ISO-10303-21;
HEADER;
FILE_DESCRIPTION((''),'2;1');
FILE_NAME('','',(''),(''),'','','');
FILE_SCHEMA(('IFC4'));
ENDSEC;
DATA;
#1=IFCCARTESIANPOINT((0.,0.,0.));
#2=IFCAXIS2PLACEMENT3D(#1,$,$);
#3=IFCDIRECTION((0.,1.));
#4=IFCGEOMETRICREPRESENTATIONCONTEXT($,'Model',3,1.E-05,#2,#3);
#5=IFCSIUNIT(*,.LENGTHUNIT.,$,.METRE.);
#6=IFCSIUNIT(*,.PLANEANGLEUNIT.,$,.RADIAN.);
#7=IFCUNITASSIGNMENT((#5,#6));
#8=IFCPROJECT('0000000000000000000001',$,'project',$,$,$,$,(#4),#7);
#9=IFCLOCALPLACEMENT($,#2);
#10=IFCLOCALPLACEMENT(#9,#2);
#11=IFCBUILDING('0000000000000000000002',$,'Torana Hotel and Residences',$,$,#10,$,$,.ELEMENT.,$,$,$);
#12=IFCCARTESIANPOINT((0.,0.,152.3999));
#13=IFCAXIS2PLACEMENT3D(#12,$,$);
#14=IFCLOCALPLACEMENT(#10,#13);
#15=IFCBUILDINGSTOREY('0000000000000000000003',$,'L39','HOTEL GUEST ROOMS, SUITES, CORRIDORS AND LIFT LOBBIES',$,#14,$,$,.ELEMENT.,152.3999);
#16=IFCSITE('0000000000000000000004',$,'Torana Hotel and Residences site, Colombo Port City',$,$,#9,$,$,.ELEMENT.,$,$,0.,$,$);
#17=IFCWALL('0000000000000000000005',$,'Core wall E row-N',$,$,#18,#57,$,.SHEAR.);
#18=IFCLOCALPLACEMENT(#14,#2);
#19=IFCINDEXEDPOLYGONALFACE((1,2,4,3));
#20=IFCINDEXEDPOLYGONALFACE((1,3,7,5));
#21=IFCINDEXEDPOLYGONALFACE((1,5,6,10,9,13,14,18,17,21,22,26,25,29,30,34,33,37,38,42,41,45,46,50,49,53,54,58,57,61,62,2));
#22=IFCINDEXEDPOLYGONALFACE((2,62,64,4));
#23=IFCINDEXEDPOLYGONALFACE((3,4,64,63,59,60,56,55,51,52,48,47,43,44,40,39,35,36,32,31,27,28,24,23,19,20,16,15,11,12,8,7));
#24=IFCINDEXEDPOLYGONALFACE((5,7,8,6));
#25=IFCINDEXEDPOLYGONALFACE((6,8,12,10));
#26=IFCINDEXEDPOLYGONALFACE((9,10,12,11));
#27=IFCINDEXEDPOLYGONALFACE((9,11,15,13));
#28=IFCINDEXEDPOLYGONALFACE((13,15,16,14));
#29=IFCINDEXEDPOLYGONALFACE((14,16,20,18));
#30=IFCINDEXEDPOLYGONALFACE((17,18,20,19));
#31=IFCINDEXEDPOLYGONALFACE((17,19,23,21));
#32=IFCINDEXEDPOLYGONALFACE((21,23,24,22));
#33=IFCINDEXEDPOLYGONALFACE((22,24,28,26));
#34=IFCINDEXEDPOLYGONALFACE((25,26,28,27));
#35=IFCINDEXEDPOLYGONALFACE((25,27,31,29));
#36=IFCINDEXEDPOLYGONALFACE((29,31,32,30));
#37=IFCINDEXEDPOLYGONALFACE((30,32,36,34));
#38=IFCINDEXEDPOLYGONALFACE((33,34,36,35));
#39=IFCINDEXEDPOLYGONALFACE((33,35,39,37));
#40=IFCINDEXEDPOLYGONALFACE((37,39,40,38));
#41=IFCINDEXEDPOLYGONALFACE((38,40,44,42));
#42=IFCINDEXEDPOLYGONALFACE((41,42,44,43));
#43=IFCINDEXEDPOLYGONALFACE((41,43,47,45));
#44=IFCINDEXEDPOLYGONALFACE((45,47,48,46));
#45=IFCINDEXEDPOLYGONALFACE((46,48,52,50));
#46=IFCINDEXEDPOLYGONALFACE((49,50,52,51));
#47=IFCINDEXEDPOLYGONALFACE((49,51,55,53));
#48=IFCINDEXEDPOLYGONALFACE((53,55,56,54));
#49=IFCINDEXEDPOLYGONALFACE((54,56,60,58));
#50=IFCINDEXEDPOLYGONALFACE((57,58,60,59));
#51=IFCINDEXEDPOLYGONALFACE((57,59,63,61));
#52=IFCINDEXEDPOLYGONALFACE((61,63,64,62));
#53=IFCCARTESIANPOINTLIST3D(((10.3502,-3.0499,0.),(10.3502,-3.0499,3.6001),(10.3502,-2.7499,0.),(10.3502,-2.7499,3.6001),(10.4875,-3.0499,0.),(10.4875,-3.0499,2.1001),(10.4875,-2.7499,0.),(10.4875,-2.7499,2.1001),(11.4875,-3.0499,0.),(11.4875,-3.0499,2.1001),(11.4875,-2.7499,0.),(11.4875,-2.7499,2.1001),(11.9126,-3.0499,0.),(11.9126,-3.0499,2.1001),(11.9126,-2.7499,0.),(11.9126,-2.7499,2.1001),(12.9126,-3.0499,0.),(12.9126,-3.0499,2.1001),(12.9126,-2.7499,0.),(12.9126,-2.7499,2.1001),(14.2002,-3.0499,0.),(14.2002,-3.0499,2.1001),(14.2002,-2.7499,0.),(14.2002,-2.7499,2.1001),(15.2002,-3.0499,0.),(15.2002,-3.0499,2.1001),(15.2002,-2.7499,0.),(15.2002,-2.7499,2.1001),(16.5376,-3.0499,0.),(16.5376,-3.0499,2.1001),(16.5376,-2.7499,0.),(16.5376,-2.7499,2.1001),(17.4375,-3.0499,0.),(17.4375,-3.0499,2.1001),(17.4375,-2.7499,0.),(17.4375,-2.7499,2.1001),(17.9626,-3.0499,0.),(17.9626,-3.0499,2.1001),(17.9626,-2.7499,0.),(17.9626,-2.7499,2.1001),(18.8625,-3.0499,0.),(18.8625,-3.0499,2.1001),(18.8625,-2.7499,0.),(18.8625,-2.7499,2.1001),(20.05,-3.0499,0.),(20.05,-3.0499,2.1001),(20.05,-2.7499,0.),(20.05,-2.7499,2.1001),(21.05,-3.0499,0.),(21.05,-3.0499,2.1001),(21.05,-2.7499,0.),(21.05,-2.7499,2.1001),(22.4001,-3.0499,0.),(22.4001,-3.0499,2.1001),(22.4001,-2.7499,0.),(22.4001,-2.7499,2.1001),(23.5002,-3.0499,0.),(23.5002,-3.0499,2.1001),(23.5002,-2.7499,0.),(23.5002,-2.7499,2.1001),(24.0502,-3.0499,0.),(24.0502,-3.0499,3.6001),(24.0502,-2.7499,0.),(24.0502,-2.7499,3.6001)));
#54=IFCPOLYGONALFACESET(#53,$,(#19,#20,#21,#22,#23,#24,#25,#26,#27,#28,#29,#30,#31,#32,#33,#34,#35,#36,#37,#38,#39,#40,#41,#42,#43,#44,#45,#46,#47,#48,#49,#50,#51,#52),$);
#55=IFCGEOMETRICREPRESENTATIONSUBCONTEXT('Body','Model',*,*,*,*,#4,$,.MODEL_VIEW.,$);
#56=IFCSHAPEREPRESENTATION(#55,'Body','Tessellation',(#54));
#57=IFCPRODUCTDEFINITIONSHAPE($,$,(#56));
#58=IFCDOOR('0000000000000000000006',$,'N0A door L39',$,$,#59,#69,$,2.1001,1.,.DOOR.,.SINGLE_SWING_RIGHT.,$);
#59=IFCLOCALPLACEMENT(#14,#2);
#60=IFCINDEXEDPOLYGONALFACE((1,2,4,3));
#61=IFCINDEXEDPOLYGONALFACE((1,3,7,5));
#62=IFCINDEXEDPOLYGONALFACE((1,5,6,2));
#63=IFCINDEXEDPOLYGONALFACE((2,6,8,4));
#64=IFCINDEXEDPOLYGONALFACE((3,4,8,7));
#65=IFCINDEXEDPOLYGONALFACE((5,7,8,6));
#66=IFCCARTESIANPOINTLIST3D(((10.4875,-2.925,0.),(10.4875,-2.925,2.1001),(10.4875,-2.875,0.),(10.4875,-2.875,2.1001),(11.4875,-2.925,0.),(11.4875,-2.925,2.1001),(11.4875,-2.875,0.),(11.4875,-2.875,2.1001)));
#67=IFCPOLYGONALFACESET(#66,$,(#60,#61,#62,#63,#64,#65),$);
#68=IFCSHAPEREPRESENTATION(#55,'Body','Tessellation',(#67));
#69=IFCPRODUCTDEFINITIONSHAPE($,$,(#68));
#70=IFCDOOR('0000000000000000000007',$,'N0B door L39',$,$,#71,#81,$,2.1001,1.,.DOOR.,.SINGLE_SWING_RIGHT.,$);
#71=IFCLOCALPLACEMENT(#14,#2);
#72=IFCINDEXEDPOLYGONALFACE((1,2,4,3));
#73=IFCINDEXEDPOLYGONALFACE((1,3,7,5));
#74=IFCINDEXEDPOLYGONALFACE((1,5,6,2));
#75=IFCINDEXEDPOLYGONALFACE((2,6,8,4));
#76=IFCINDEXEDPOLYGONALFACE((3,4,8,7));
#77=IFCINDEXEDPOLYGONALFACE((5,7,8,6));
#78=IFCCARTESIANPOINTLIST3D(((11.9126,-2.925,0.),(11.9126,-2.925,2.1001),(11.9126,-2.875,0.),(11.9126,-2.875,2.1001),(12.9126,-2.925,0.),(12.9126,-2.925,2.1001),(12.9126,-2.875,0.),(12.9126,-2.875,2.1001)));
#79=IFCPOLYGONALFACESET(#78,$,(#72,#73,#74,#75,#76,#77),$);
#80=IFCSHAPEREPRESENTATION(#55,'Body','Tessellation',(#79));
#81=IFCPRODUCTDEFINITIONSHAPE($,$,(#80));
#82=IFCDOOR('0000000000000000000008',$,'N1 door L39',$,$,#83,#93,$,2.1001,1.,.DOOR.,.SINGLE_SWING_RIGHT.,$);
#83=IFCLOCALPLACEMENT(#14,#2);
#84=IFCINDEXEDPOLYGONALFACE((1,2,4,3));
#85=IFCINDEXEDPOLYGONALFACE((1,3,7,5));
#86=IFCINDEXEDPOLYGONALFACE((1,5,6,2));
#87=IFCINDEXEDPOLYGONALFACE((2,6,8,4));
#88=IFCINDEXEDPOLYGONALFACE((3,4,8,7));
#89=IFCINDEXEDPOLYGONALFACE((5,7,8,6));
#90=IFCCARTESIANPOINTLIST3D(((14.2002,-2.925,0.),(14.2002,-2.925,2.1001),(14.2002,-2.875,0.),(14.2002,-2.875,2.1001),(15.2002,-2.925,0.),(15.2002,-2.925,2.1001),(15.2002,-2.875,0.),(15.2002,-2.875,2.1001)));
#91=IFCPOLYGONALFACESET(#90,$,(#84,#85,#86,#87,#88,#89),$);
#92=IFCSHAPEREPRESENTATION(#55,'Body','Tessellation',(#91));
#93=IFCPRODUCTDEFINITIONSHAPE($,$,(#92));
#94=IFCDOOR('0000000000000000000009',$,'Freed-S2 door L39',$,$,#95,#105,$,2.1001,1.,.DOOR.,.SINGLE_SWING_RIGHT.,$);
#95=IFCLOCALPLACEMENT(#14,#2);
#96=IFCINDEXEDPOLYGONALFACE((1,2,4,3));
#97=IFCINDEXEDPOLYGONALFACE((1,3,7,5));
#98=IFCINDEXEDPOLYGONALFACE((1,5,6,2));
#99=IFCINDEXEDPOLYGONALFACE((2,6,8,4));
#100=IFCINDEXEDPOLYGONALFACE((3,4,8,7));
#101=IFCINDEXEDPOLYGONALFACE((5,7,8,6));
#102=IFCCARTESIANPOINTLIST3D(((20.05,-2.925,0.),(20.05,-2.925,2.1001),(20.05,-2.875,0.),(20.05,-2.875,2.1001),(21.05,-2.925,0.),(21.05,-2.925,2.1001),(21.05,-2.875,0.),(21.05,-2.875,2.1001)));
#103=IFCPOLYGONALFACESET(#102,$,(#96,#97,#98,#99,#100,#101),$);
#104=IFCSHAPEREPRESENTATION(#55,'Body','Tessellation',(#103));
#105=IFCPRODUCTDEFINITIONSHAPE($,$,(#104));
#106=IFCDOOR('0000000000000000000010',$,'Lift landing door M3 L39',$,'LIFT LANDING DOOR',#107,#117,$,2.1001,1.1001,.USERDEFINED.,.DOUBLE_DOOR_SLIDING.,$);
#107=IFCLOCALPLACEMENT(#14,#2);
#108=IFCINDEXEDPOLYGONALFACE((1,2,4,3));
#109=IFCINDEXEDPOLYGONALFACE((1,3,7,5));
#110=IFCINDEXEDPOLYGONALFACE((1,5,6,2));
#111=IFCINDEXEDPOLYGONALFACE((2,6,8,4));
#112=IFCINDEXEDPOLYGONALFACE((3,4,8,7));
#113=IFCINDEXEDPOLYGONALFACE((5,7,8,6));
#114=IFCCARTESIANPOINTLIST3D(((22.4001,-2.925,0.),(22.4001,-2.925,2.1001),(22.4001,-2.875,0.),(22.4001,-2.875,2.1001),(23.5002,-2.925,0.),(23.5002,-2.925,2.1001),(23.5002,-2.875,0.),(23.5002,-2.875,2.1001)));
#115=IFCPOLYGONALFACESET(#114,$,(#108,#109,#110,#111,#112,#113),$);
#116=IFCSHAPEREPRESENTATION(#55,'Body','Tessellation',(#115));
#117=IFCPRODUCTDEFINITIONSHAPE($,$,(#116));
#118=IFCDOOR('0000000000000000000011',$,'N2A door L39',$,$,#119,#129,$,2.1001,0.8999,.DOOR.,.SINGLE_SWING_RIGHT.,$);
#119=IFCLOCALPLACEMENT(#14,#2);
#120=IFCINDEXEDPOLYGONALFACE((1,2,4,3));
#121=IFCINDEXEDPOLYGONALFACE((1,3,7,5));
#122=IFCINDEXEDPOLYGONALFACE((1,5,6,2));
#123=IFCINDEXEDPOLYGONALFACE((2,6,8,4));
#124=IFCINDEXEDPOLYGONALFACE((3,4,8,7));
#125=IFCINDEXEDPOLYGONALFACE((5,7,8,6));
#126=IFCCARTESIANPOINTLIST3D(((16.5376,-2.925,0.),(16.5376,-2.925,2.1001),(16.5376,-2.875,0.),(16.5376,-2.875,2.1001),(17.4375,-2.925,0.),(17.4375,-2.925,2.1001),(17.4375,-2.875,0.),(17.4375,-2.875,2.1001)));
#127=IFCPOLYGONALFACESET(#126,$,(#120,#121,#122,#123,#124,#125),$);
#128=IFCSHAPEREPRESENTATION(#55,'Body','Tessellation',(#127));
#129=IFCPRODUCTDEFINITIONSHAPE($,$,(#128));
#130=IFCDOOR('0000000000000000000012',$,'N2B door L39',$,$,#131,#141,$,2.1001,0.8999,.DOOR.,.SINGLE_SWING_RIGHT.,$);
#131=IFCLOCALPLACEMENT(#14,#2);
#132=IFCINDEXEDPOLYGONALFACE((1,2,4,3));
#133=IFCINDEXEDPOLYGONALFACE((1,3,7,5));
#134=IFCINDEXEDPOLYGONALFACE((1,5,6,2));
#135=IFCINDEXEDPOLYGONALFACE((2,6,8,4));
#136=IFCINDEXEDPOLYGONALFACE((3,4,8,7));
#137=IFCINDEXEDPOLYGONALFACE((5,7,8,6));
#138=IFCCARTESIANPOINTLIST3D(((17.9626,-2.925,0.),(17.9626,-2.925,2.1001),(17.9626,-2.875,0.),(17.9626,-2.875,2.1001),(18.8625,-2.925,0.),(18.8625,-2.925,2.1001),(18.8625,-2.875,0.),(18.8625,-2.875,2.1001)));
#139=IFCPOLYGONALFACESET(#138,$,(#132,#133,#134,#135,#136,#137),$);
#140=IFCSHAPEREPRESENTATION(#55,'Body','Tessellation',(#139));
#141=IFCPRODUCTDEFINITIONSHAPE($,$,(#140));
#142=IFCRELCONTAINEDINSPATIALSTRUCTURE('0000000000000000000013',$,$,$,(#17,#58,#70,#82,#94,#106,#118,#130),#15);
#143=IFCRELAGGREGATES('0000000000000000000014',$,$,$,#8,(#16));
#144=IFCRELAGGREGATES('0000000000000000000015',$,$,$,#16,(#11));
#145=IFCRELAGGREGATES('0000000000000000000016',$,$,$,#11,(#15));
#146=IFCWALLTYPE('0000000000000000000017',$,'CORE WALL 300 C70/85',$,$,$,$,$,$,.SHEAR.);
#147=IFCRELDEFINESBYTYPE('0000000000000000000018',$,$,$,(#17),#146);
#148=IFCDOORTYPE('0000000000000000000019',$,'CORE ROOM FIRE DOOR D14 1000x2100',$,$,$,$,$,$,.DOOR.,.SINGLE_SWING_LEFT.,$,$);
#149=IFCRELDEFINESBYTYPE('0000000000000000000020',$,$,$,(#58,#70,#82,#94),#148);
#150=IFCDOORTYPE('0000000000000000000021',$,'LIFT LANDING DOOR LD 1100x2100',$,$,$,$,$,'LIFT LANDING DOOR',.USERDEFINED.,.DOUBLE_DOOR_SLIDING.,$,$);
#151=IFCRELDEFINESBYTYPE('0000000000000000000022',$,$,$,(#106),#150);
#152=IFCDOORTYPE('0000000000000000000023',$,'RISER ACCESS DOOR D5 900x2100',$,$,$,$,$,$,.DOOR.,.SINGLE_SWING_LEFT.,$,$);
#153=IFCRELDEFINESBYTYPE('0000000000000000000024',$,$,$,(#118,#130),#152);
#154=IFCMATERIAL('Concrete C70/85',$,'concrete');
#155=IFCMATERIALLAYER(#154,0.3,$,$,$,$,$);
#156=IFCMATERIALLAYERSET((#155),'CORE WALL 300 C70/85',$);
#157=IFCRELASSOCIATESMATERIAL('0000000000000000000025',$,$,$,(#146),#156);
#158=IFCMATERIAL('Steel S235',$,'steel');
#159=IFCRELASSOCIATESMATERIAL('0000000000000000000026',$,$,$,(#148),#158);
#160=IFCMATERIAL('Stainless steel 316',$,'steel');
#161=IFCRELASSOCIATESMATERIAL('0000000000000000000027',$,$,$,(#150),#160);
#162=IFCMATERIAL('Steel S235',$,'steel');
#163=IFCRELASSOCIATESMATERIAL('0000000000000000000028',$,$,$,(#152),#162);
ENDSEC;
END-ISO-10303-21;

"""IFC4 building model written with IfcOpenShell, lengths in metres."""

from ifc_helpers import new_model, si_unit, direction, frame, frame_2d, origin, place, context, subcontext, project, spatial, rectangle, extrude, material, layer, layer_set, type_object, element, fill, save


model = new_model("IFC4")

# Units and contexts
model_context = context("Model", 3, precision=1e-05, world=origin(), true_north=direction((0.0, 1.0)))
body_context = subcontext(model_context, "Body", "Model", "MODEL_VIEW")
ifc_project = project(units=[si_unit("LENGTHUNIT", "METRE"), si_unit("PLANEANGLEUNIT", "RADIAN")], contexts=[model_context])

# Site, building, storey
site_placement = place(None, origin())
site = spatial("IfcSite", under=ifc_project, at=site_placement, Name="Torana Hotel and Residences site, Colombo Port City", CompositionType="ELEMENT", RefElevation=0.0)
building_placement = place(site_placement, origin())
building = spatial("IfcBuilding", under=site, at=building_placement, Name="Torana Hotel and Residences", CompositionType="ELEMENT")
storey_placement = place(building_placement, frame((0.0, 0.0, 152.3999)))
storey = spatial("IfcBuildingStorey", under=building, at=storey_placement, Name="L39", Description="HOTEL GUEST ROOMS, SUITES, CORRIDORS AND LIFT LOBBIES", CompositionType="ELEMENT", Elevation=152.3999)

# Wall, openings, doors
ifc_material_1 = material(Name="Concrete C70/85", Category="concrete")
ifc_layer_1 = layer(ifc_material_1, 0.3)
ifc_layer_set_1 = layer_set([ifc_layer_1], Name="CORE WALL 300 C70/85")
wall_type_1 = type_object("IfcWallType", Name="CORE WALL 300 C70/85", PredefinedType="SHEAR", material=ifc_layer_set_1)
wall_1_placement = place(storey_placement, frame((10.3501, -2.8999, 0.0), z_axis=(0.0, 0.0, 1.0), x_axis=(1.0, 0.0, 0.0)))
wall_1 = element("IfcWall", 1, at=wall_1_placement, inside=storey, type_object=wall_type_1, Name="Core wall E row-N", PredefinedType="SHEAR", context=body_context, shape_type="SweptSolid", body=[
    extrude(rectangle(XDim=13.7, YDim=0.3, at=frame_2d((6.8501, 0.0))), origin(), (0.0, 0.0, 1.0), 3.6001),
])
opening_1_placement = place(wall_1_placement, frame((12.05, 0.0, 0.0)))
opening_1 = element("IfcOpeningElement", 2, at=opening_1_placement, cuts=wall_1, PredefinedType="OPENING", context=body_context, shape_type="SweptSolid", body=[
    extrude(rectangle(XDim=1.1001, YDim=2.1001, at=frame_2d((0.55, 1.05))), frame((0.0, 0.1599, 0.0), z_axis=(0.0, -1.0, 0.0), x_axis=(1.0, 0.0, 0.0)), (0.0, 0.0, 1.0), 0.3201),
])
opening_2_placement = place(wall_1_placement, frame((6.1875, 0.0, 0.0)))
opening_2 = element("IfcOpeningElement", 3, at=opening_2_placement, cuts=wall_1, PredefinedType="OPENING", context=body_context, shape_type="SweptSolid", body=[
    extrude(rectangle(XDim=0.8999, YDim=2.1001, at=frame_2d((0.45, 1.05))), frame((0.0, 0.1599, 0.0), z_axis=(0.0, -1.0, 0.0), x_axis=(1.0, 0.0, 0.0)), (0.0, 0.0, 1.0), 0.3201),
])
opening_3_placement = place(wall_1_placement, frame((7.6125, 0.0, 0.0)))
opening_3 = element("IfcOpeningElement", 4, at=opening_3_placement, cuts=wall_1, PredefinedType="OPENING", context=body_context, shape_type="SweptSolid", body=[
    extrude(rectangle(XDim=0.8999, YDim=2.1001, at=frame_2d((0.45, 1.05))), frame((0.0, 0.1599, 0.0), z_axis=(0.0, -1.0, 0.0), x_axis=(1.0, 0.0, 0.0)), (0.0, 0.0, 1.0), 0.3201),
])
opening_4_placement = place(wall_1_placement, frame((0.1375, 0.0, 0.0)))
opening_4 = element("IfcOpeningElement", 5, at=opening_4_placement, cuts=wall_1, PredefinedType="OPENING", context=body_context, shape_type="SweptSolid", body=[
    extrude(rectangle(XDim=1.0, YDim=2.1001, at=frame_2d((0.5, 1.05))), frame((0.0, 0.1599, 0.0), z_axis=(0.0, -1.0, 0.0), x_axis=(1.0, 0.0, 0.0)), (0.0, 0.0, 1.0), 0.3201),
])
opening_5_placement = place(wall_1_placement, frame((1.5625, 0.0, 0.0)))
opening_5 = element("IfcOpeningElement", 6, at=opening_5_placement, cuts=wall_1, PredefinedType="OPENING", context=body_context, shape_type="SweptSolid", body=[
    extrude(rectangle(XDim=1.0, YDim=2.1001, at=frame_2d((0.5, 1.05))), frame((0.0, 0.1599, 0.0), z_axis=(0.0, -1.0, 0.0), x_axis=(1.0, 0.0, 0.0)), (0.0, 0.0, 1.0), 0.3201),
])
opening_6_placement = place(wall_1_placement, frame((3.8501, 0.0, 0.0)))
opening_6 = element("IfcOpeningElement", 7, at=opening_6_placement, cuts=wall_1, PredefinedType="OPENING", context=body_context, shape_type="SweptSolid", body=[
    extrude(rectangle(XDim=1.0, YDim=2.1001, at=frame_2d((0.5, 1.05))), frame((0.0, 0.1599, 0.0), z_axis=(0.0, -1.0, 0.0), x_axis=(1.0, 0.0, 0.0)), (0.0, 0.0, 1.0), 0.3201),
])
opening_7_placement = place(wall_1_placement, frame((9.7, 0.0, 0.0)))
opening_7 = element("IfcOpeningElement", 8, at=opening_7_placement, cuts=wall_1, PredefinedType="OPENING", context=body_context, shape_type="SweptSolid", body=[
    extrude(rectangle(XDim=1.0, YDim=2.1001, at=frame_2d((0.5, 1.05))), frame((0.0, 0.1599, 0.0), z_axis=(0.0, -1.0, 0.0), x_axis=(1.0, 0.0, 0.0)), (0.0, 0.0, 1.0), 0.3201),
])
ifc_material_2 = material(Name="Steel S235", Category="steel")
door_type_1 = type_object("IfcDoorType", Name="CORE ROOM FIRE DOOR D14 1000x2100", OperationType="SINGLE_SWING_LEFT", PredefinedType="DOOR", material=ifc_material_2)
door_1_placement = place(opening_4_placement, origin())
door_1 = element("IfcDoor", 9, at=door_1_placement, inside=storey, type_object=door_type_1, Name="N0A door L39", OperationType="SINGLE_SWING_RIGHT", OverallHeight=2.1001, OverallWidth=1.0, PredefinedType="DOOR", context=body_context, shape_type="SweptSolid", body=[
    extrude(rectangle(XDim=1.0, YDim=2.1001, at=frame_2d((0.5, 1.05))), frame((0.0, 0.0249, 0.0), z_axis=(0.0, -1.0, 0.0), x_axis=(1.0, 0.0, 0.0)), (0.0, 0.0, 1.0), 0.05),
])
fill(opening_4, door_1)
door_2_placement = place(opening_5_placement, origin())
door_2 = element("IfcDoor", 10, at=door_2_placement, inside=storey, type_object=door_type_1, Name="N0B door L39", OperationType="SINGLE_SWING_RIGHT", OverallHeight=2.1001, OverallWidth=1.0, PredefinedType="DOOR", context=body_context, shape_type="SweptSolid", body=[
    extrude(rectangle(XDim=1.0, YDim=2.1001, at=frame_2d((0.5, 1.05))), frame((0.0, 0.0249, 0.0), z_axis=(0.0, -1.0, 0.0), x_axis=(1.0, 0.0, 0.0)), (0.0, 0.0, 1.0), 0.05),
])
fill(opening_5, door_2)
door_3_placement = place(opening_6_placement, origin())
door_3 = element("IfcDoor", 11, at=door_3_placement, inside=storey, type_object=door_type_1, Name="N1 door L39", OperationType="SINGLE_SWING_RIGHT", OverallHeight=2.1001, OverallWidth=1.0, PredefinedType="DOOR", context=body_context, shape_type="SweptSolid", body=[
    extrude(rectangle(XDim=1.0, YDim=2.1001, at=frame_2d((0.5, 1.05))), frame((0.0, 0.0249, 0.0), z_axis=(0.0, -1.0, 0.0), x_axis=(1.0, 0.0, 0.0)), (0.0, 0.0, 1.0), 0.05),
])
fill(opening_6, door_3)
door_4_placement = place(opening_7_placement, origin())
door_4 = element("IfcDoor", 12, at=door_4_placement, inside=storey, type_object=door_type_1, Name="Freed-S2 door L39", OperationType="SINGLE_SWING_RIGHT", OverallHeight=2.1001, OverallWidth=1.0, PredefinedType="DOOR", context=body_context, shape_type="SweptSolid", body=[
    extrude(rectangle(XDim=1.0, YDim=2.1001, at=frame_2d((0.5, 1.05))), frame((0.0, 0.0249, 0.0), z_axis=(0.0, -1.0, 0.0), x_axis=(1.0, 0.0, 0.0)), (0.0, 0.0, 1.0), 0.05),
])
fill(opening_7, door_4)
ifc_material_3 = material(Name="Stainless steel 316", Category="steel")
door_type_2 = type_object("IfcDoorType", Name="LIFT LANDING DOOR LD 1100x2100", ElementType="LIFT LANDING DOOR", OperationType="DOUBLE_DOOR_SLIDING", PredefinedType="USERDEFINED", material=ifc_material_3)
door_5_placement = place(opening_1_placement, origin())
door_5 = element("IfcDoor", 13, at=door_5_placement, inside=storey, type_object=door_type_2, Name="Lift landing door M3 L39", ObjectType="LIFT LANDING DOOR", OperationType="DOUBLE_DOOR_SLIDING", OverallHeight=2.1001, OverallWidth=1.1001, PredefinedType="USERDEFINED", context=body_context, shape_type="SweptSolid", body=[
    extrude(rectangle(XDim=1.1001, YDim=2.1001, at=frame_2d((0.55, 1.05))), frame((0.0, 0.0249, 0.0), z_axis=(0.0, -1.0, 0.0), x_axis=(1.0, 0.0, 0.0)), (0.0, 0.0, 1.0), 0.05),
])
fill(opening_1, door_5)
ifc_material_4 = material(Name="Steel S235", Category="steel")
door_type_3 = type_object("IfcDoorType", Name="RISER ACCESS DOOR D5 900x2100", OperationType="SINGLE_SWING_LEFT", PredefinedType="DOOR", material=ifc_material_4)
door_6_placement = place(opening_2_placement, origin())
door_6 = element("IfcDoor", 14, at=door_6_placement, inside=storey, type_object=door_type_3, Name="N2A door L39", OperationType="SINGLE_SWING_RIGHT", OverallHeight=2.1001, OverallWidth=0.8999, PredefinedType="DOOR", context=body_context, shape_type="SweptSolid", body=[
    extrude(rectangle(XDim=0.8999, YDim=2.1001, at=frame_2d((0.45, 1.05))), frame((0.0, 0.0249, 0.0), z_axis=(0.0, -1.0, 0.0), x_axis=(1.0, 0.0, 0.0)), (0.0, 0.0, 1.0), 0.05),
])
fill(opening_2, door_6)
door_7_placement = place(opening_3_placement, origin())
door_7 = element("IfcDoor", 15, at=door_7_placement, inside=storey, type_object=door_type_3, Name="N2B door L39", OperationType="SINGLE_SWING_RIGHT", OverallHeight=2.1001, OverallWidth=0.8999, PredefinedType="DOOR", context=body_context, shape_type="SweptSolid", body=[
    extrude(rectangle(XDim=0.8999, YDim=2.1001, at=frame_2d((0.45, 1.05))), frame((0.0, 0.0249, 0.0), z_axis=(0.0, -1.0, 0.0), x_axis=(1.0, 0.0, 0.0)), (0.0, 0.0, 1.0), 0.05),
])
fill(opening_3, door_7)

save(model, "model.ifc")
